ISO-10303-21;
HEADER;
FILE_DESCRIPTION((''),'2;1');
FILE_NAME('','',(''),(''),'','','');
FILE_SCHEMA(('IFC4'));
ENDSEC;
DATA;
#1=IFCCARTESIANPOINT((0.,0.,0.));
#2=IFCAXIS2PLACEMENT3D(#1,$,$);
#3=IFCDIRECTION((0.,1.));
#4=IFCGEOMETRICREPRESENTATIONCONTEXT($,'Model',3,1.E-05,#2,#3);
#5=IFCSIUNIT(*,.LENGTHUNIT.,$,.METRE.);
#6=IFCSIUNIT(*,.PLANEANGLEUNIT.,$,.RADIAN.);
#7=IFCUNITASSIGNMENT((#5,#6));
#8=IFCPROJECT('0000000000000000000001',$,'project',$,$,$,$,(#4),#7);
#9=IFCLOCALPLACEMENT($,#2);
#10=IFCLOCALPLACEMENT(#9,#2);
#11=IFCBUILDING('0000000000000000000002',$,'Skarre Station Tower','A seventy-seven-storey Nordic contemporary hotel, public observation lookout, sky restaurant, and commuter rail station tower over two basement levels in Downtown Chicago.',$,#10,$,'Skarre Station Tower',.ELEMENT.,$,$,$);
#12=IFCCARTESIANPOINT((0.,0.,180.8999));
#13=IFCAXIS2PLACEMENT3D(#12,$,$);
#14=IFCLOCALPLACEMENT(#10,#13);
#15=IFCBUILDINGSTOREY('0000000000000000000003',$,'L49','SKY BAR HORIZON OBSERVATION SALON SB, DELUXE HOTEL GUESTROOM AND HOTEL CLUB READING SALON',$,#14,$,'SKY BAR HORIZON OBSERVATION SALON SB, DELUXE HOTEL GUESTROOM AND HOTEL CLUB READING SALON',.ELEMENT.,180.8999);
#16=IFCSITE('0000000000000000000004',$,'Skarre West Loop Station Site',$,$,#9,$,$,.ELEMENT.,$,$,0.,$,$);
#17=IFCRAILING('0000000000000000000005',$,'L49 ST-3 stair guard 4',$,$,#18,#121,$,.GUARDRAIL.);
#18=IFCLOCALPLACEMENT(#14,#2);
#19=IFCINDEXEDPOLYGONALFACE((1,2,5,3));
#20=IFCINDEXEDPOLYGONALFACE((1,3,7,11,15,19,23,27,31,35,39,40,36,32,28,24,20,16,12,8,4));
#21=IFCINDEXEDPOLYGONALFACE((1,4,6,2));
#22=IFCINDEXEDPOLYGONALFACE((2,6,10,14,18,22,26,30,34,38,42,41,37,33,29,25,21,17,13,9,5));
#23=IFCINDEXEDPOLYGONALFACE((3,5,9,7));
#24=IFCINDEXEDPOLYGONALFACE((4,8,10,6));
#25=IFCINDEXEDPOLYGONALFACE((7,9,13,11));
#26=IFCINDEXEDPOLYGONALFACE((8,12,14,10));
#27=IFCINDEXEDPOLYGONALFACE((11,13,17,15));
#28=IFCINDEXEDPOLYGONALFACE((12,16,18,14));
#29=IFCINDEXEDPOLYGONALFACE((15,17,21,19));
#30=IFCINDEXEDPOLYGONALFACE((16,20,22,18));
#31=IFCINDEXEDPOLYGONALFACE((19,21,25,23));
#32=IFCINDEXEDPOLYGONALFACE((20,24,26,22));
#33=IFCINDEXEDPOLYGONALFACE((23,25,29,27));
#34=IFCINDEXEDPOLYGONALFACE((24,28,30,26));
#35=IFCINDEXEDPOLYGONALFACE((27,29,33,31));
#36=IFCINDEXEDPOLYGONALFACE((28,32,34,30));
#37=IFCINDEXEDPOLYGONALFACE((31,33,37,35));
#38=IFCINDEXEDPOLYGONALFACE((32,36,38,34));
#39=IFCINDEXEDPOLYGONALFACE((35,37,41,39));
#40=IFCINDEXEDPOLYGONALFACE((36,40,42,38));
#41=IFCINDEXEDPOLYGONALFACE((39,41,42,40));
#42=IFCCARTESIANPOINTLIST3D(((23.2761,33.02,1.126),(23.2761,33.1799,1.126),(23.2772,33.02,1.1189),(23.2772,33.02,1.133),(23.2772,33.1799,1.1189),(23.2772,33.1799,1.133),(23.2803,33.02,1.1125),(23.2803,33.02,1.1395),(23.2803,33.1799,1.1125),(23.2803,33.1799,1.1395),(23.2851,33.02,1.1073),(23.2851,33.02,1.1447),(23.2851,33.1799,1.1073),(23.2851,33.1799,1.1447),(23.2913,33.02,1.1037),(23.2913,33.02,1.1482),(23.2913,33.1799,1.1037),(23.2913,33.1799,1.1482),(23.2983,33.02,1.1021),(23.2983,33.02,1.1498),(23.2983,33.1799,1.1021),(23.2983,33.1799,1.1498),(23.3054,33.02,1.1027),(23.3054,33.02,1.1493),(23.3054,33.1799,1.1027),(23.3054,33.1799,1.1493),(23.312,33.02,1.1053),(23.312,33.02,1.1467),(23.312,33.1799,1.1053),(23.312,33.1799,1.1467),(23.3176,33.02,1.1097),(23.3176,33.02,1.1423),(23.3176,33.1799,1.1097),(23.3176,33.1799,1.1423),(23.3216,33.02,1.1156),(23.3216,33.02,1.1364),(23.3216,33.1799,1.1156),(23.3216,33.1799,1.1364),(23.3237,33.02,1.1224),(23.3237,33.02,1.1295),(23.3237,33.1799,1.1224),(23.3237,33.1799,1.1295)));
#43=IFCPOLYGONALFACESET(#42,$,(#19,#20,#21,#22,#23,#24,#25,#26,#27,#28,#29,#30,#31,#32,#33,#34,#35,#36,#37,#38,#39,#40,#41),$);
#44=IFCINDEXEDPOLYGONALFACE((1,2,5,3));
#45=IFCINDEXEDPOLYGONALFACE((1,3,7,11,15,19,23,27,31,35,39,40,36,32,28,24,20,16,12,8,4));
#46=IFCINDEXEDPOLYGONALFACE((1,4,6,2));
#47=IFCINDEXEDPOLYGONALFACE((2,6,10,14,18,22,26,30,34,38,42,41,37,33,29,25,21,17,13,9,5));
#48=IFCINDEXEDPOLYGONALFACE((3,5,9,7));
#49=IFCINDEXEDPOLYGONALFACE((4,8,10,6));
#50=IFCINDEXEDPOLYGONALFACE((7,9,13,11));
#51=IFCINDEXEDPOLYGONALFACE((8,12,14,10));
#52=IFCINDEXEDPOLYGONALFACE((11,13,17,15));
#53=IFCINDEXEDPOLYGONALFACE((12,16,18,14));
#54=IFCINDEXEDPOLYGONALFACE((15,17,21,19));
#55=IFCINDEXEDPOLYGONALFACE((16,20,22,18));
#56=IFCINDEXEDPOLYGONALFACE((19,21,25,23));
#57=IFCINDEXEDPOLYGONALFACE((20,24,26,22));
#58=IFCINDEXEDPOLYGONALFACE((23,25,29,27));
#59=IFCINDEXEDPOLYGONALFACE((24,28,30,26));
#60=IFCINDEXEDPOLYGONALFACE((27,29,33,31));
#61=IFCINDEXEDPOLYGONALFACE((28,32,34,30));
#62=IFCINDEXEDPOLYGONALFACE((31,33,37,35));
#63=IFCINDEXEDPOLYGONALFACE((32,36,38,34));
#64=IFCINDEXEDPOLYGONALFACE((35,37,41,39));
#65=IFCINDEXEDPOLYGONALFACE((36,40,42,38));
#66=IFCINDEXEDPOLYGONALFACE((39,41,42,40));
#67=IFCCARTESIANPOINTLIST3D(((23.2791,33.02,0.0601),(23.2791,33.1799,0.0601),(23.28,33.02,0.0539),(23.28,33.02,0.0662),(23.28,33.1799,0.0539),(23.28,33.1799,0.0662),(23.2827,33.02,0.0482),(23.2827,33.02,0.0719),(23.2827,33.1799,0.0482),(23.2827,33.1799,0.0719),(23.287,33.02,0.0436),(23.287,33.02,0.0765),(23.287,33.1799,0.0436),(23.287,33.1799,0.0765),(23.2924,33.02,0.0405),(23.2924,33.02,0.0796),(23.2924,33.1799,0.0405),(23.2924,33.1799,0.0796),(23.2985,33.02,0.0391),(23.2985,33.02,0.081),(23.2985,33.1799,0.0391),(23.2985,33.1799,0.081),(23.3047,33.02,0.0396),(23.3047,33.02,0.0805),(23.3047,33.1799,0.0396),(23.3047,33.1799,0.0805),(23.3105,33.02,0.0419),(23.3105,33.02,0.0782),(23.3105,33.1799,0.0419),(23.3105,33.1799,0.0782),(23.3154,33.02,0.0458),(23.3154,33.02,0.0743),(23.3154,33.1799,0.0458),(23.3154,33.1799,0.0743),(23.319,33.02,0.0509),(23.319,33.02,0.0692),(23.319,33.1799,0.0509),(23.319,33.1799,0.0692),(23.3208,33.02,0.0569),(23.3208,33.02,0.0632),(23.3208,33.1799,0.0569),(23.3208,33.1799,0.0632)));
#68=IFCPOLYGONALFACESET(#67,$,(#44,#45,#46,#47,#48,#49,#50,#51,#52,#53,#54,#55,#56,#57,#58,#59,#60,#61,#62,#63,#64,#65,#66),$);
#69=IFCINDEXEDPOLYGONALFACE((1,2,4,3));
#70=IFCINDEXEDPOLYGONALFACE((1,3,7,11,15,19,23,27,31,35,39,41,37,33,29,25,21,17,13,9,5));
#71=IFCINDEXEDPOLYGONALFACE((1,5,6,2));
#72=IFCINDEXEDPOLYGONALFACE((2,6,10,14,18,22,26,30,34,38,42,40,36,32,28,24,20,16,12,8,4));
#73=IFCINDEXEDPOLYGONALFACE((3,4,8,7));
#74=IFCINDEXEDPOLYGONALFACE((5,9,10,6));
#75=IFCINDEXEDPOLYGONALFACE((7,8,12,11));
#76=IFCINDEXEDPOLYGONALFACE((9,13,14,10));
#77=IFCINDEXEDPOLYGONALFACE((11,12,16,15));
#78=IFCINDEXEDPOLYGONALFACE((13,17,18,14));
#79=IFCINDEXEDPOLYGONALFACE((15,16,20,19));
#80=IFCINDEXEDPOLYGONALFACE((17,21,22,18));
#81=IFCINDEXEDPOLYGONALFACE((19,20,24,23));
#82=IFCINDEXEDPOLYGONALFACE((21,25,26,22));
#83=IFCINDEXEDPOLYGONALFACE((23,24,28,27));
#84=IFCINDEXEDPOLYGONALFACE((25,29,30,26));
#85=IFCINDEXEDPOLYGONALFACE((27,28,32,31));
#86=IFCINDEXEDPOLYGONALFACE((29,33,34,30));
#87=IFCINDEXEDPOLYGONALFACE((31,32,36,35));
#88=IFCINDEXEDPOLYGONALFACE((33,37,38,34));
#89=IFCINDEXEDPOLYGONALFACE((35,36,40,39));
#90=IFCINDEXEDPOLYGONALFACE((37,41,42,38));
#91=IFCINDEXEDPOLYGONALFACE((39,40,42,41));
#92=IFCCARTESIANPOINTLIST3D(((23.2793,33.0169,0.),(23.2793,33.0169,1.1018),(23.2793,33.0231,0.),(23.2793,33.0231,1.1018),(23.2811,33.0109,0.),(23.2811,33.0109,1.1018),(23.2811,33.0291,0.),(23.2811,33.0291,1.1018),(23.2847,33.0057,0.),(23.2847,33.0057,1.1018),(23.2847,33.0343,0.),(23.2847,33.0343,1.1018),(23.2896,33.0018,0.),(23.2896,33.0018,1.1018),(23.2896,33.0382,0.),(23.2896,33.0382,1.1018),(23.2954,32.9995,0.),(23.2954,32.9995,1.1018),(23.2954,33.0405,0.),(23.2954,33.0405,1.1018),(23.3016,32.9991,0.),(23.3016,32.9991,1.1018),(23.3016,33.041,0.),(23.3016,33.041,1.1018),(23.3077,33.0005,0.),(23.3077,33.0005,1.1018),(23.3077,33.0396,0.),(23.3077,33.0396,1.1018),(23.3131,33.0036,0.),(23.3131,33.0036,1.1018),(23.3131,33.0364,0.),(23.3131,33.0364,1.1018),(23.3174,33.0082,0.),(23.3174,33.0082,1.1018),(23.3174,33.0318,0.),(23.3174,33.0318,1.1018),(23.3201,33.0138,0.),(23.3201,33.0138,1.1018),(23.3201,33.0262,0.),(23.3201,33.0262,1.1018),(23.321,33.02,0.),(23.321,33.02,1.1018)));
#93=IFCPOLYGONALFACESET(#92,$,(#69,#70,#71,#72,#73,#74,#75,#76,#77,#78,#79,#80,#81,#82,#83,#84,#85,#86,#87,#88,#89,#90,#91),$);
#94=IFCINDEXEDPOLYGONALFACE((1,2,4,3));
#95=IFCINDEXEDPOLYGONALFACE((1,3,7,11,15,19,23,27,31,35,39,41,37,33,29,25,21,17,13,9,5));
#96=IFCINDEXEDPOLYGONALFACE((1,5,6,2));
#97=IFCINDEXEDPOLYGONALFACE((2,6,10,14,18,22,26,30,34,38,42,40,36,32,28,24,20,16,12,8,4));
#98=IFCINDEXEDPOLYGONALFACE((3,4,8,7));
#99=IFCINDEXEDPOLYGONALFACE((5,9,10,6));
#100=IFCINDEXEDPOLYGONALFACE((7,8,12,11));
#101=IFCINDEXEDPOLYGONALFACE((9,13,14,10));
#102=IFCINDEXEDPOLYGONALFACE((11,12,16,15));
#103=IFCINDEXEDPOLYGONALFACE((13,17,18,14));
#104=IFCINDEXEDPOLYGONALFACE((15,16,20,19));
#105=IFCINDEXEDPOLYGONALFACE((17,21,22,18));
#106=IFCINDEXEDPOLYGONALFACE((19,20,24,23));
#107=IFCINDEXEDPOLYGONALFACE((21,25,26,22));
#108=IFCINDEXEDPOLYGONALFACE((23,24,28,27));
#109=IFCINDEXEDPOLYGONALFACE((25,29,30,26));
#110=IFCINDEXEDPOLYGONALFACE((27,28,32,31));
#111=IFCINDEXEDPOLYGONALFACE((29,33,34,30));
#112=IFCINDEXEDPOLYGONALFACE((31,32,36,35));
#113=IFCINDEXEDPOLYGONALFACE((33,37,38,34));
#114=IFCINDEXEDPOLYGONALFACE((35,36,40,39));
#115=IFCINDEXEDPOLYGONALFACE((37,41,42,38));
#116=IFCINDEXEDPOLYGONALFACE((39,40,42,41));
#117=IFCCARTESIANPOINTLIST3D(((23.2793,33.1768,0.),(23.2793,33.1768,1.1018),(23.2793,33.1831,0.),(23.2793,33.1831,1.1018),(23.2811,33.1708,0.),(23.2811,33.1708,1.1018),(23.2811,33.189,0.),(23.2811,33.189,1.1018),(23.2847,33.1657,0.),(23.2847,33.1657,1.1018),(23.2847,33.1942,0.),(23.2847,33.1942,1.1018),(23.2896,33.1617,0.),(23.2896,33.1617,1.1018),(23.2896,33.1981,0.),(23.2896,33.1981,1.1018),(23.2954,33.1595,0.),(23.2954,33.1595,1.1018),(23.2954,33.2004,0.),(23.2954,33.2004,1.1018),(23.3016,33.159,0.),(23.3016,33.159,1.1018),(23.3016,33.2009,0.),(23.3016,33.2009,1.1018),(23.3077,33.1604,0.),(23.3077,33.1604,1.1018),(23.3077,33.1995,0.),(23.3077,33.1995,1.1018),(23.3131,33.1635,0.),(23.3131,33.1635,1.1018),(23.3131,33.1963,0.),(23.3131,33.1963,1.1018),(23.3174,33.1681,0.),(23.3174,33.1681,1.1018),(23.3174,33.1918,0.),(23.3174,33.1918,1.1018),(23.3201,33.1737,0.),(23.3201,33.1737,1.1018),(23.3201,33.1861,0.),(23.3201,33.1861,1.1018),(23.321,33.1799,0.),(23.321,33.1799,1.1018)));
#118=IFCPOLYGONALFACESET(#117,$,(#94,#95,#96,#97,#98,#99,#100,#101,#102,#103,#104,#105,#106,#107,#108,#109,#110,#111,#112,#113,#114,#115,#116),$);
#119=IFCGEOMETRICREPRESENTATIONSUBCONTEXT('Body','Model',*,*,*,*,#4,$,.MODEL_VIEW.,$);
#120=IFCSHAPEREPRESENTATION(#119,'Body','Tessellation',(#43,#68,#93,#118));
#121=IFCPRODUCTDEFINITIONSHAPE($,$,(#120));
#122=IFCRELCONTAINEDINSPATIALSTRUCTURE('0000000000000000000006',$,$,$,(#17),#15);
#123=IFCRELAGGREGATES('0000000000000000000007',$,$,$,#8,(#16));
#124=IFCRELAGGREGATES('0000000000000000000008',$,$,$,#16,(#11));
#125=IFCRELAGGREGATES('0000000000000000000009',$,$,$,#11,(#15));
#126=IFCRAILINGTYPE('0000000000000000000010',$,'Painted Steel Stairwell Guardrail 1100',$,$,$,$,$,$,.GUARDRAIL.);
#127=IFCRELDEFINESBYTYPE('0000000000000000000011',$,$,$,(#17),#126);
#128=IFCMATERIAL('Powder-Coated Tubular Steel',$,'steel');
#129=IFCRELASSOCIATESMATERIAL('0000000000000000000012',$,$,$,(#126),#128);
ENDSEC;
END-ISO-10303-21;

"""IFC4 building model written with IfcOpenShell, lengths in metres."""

from ifc_helpers import new_model, si_unit, direction, frame, origin, origin_2d, place, context, subcontext, project, spatial, circle, extrude, material, type_object, element, save


model = new_model("IFC4")

# Units and contexts
model_context = context("Model", 3, precision=1e-05, world=origin(), true_north=direction((0.0, 1.0)))
body_context = subcontext(model_context, "Body", "Model", "MODEL_VIEW")
ifc_project = project(units=[si_unit("LENGTHUNIT", "METRE"), si_unit("PLANEANGLEUNIT", "RADIAN")], contexts=[model_context])

# Site, building, storey
site_placement = place(None, origin())
site = spatial("IfcSite", under=ifc_project, at=site_placement, Name="Skarre West Loop Station Site", CompositionType="ELEMENT", RefElevation=0.0)
building_placement = place(site_placement, origin())
building = spatial("IfcBuilding", under=site, at=building_placement, Name="Skarre Station Tower", Description="A seventy-seven-storey Nordic contemporary hotel, public observation lookout, sky restaurant, and commuter rail station tower over two basement levels in Downtown Chicago.", LongName="Skarre Station Tower", CompositionType="ELEMENT")
storey_placement = place(building_placement, frame((0.0, 0.0, 180.8999)))
storey = spatial("IfcBuildingStorey", under=building, at=storey_placement, Name="L49", Description="SKY BAR HORIZON OBSERVATION SALON SB, DELUXE HOTEL GUESTROOM AND HOTEL CLUB READING SALON", LongName="SKY BAR HORIZON OBSERVATION SALON SB, DELUXE HOTEL GUESTROOM AND HOTEL CLUB READING SALON", CompositionType="ELEMENT", Elevation=180.8999)

# Railing
ifc_material_1 = material(Name="Powder-Coated Tubular Steel", Category="steel")
railing_type_1 = type_object("IfcRailingType", Name="Painted Steel Stairwell Guardrail 1100", PredefinedType="GUARDRAIL", material=ifc_material_1)
railing_1_placement = place(storey_placement, frame((23.3, 33.02, 0.0)))
element("IfcRailing", 1, at=railing_1_placement, inside=storey, type_object=railing_type_1, Name="L49 ST-3 stair guard 4", PredefinedType="GUARDRAIL", context=body_context, shape_type="SweptSolid", body=[
    extrude(circle(Radius=0.0239, at=origin_2d()), frame((0.0, 0.0, 1.126), z_axis=(0.0, 1.0, 0.0), x_axis=(-1.0, 0.0, 0.0)), (0.0, 0.0, 1.0), 0.1599),
    extrude(circle(Radius=0.021, at=origin_2d()), frame((0.0, 0.0, 0.0601), z_axis=(0.0, 1.0, 0.0), x_axis=(-1.0, 0.0, 0.0)), (0.0, 0.0, 1.0), 0.1599),
    extrude(circle(Radius=0.021, at=origin_2d()), origin(), (0.0, 0.0, 1.0), 1.1018),
    extrude(circle(Radius=0.021, at=origin_2d()), frame((0.0, 0.1599, 0.0)), (0.0, 0.0, 1.0), 1.1018),
])

save(model, "model.ifc")
